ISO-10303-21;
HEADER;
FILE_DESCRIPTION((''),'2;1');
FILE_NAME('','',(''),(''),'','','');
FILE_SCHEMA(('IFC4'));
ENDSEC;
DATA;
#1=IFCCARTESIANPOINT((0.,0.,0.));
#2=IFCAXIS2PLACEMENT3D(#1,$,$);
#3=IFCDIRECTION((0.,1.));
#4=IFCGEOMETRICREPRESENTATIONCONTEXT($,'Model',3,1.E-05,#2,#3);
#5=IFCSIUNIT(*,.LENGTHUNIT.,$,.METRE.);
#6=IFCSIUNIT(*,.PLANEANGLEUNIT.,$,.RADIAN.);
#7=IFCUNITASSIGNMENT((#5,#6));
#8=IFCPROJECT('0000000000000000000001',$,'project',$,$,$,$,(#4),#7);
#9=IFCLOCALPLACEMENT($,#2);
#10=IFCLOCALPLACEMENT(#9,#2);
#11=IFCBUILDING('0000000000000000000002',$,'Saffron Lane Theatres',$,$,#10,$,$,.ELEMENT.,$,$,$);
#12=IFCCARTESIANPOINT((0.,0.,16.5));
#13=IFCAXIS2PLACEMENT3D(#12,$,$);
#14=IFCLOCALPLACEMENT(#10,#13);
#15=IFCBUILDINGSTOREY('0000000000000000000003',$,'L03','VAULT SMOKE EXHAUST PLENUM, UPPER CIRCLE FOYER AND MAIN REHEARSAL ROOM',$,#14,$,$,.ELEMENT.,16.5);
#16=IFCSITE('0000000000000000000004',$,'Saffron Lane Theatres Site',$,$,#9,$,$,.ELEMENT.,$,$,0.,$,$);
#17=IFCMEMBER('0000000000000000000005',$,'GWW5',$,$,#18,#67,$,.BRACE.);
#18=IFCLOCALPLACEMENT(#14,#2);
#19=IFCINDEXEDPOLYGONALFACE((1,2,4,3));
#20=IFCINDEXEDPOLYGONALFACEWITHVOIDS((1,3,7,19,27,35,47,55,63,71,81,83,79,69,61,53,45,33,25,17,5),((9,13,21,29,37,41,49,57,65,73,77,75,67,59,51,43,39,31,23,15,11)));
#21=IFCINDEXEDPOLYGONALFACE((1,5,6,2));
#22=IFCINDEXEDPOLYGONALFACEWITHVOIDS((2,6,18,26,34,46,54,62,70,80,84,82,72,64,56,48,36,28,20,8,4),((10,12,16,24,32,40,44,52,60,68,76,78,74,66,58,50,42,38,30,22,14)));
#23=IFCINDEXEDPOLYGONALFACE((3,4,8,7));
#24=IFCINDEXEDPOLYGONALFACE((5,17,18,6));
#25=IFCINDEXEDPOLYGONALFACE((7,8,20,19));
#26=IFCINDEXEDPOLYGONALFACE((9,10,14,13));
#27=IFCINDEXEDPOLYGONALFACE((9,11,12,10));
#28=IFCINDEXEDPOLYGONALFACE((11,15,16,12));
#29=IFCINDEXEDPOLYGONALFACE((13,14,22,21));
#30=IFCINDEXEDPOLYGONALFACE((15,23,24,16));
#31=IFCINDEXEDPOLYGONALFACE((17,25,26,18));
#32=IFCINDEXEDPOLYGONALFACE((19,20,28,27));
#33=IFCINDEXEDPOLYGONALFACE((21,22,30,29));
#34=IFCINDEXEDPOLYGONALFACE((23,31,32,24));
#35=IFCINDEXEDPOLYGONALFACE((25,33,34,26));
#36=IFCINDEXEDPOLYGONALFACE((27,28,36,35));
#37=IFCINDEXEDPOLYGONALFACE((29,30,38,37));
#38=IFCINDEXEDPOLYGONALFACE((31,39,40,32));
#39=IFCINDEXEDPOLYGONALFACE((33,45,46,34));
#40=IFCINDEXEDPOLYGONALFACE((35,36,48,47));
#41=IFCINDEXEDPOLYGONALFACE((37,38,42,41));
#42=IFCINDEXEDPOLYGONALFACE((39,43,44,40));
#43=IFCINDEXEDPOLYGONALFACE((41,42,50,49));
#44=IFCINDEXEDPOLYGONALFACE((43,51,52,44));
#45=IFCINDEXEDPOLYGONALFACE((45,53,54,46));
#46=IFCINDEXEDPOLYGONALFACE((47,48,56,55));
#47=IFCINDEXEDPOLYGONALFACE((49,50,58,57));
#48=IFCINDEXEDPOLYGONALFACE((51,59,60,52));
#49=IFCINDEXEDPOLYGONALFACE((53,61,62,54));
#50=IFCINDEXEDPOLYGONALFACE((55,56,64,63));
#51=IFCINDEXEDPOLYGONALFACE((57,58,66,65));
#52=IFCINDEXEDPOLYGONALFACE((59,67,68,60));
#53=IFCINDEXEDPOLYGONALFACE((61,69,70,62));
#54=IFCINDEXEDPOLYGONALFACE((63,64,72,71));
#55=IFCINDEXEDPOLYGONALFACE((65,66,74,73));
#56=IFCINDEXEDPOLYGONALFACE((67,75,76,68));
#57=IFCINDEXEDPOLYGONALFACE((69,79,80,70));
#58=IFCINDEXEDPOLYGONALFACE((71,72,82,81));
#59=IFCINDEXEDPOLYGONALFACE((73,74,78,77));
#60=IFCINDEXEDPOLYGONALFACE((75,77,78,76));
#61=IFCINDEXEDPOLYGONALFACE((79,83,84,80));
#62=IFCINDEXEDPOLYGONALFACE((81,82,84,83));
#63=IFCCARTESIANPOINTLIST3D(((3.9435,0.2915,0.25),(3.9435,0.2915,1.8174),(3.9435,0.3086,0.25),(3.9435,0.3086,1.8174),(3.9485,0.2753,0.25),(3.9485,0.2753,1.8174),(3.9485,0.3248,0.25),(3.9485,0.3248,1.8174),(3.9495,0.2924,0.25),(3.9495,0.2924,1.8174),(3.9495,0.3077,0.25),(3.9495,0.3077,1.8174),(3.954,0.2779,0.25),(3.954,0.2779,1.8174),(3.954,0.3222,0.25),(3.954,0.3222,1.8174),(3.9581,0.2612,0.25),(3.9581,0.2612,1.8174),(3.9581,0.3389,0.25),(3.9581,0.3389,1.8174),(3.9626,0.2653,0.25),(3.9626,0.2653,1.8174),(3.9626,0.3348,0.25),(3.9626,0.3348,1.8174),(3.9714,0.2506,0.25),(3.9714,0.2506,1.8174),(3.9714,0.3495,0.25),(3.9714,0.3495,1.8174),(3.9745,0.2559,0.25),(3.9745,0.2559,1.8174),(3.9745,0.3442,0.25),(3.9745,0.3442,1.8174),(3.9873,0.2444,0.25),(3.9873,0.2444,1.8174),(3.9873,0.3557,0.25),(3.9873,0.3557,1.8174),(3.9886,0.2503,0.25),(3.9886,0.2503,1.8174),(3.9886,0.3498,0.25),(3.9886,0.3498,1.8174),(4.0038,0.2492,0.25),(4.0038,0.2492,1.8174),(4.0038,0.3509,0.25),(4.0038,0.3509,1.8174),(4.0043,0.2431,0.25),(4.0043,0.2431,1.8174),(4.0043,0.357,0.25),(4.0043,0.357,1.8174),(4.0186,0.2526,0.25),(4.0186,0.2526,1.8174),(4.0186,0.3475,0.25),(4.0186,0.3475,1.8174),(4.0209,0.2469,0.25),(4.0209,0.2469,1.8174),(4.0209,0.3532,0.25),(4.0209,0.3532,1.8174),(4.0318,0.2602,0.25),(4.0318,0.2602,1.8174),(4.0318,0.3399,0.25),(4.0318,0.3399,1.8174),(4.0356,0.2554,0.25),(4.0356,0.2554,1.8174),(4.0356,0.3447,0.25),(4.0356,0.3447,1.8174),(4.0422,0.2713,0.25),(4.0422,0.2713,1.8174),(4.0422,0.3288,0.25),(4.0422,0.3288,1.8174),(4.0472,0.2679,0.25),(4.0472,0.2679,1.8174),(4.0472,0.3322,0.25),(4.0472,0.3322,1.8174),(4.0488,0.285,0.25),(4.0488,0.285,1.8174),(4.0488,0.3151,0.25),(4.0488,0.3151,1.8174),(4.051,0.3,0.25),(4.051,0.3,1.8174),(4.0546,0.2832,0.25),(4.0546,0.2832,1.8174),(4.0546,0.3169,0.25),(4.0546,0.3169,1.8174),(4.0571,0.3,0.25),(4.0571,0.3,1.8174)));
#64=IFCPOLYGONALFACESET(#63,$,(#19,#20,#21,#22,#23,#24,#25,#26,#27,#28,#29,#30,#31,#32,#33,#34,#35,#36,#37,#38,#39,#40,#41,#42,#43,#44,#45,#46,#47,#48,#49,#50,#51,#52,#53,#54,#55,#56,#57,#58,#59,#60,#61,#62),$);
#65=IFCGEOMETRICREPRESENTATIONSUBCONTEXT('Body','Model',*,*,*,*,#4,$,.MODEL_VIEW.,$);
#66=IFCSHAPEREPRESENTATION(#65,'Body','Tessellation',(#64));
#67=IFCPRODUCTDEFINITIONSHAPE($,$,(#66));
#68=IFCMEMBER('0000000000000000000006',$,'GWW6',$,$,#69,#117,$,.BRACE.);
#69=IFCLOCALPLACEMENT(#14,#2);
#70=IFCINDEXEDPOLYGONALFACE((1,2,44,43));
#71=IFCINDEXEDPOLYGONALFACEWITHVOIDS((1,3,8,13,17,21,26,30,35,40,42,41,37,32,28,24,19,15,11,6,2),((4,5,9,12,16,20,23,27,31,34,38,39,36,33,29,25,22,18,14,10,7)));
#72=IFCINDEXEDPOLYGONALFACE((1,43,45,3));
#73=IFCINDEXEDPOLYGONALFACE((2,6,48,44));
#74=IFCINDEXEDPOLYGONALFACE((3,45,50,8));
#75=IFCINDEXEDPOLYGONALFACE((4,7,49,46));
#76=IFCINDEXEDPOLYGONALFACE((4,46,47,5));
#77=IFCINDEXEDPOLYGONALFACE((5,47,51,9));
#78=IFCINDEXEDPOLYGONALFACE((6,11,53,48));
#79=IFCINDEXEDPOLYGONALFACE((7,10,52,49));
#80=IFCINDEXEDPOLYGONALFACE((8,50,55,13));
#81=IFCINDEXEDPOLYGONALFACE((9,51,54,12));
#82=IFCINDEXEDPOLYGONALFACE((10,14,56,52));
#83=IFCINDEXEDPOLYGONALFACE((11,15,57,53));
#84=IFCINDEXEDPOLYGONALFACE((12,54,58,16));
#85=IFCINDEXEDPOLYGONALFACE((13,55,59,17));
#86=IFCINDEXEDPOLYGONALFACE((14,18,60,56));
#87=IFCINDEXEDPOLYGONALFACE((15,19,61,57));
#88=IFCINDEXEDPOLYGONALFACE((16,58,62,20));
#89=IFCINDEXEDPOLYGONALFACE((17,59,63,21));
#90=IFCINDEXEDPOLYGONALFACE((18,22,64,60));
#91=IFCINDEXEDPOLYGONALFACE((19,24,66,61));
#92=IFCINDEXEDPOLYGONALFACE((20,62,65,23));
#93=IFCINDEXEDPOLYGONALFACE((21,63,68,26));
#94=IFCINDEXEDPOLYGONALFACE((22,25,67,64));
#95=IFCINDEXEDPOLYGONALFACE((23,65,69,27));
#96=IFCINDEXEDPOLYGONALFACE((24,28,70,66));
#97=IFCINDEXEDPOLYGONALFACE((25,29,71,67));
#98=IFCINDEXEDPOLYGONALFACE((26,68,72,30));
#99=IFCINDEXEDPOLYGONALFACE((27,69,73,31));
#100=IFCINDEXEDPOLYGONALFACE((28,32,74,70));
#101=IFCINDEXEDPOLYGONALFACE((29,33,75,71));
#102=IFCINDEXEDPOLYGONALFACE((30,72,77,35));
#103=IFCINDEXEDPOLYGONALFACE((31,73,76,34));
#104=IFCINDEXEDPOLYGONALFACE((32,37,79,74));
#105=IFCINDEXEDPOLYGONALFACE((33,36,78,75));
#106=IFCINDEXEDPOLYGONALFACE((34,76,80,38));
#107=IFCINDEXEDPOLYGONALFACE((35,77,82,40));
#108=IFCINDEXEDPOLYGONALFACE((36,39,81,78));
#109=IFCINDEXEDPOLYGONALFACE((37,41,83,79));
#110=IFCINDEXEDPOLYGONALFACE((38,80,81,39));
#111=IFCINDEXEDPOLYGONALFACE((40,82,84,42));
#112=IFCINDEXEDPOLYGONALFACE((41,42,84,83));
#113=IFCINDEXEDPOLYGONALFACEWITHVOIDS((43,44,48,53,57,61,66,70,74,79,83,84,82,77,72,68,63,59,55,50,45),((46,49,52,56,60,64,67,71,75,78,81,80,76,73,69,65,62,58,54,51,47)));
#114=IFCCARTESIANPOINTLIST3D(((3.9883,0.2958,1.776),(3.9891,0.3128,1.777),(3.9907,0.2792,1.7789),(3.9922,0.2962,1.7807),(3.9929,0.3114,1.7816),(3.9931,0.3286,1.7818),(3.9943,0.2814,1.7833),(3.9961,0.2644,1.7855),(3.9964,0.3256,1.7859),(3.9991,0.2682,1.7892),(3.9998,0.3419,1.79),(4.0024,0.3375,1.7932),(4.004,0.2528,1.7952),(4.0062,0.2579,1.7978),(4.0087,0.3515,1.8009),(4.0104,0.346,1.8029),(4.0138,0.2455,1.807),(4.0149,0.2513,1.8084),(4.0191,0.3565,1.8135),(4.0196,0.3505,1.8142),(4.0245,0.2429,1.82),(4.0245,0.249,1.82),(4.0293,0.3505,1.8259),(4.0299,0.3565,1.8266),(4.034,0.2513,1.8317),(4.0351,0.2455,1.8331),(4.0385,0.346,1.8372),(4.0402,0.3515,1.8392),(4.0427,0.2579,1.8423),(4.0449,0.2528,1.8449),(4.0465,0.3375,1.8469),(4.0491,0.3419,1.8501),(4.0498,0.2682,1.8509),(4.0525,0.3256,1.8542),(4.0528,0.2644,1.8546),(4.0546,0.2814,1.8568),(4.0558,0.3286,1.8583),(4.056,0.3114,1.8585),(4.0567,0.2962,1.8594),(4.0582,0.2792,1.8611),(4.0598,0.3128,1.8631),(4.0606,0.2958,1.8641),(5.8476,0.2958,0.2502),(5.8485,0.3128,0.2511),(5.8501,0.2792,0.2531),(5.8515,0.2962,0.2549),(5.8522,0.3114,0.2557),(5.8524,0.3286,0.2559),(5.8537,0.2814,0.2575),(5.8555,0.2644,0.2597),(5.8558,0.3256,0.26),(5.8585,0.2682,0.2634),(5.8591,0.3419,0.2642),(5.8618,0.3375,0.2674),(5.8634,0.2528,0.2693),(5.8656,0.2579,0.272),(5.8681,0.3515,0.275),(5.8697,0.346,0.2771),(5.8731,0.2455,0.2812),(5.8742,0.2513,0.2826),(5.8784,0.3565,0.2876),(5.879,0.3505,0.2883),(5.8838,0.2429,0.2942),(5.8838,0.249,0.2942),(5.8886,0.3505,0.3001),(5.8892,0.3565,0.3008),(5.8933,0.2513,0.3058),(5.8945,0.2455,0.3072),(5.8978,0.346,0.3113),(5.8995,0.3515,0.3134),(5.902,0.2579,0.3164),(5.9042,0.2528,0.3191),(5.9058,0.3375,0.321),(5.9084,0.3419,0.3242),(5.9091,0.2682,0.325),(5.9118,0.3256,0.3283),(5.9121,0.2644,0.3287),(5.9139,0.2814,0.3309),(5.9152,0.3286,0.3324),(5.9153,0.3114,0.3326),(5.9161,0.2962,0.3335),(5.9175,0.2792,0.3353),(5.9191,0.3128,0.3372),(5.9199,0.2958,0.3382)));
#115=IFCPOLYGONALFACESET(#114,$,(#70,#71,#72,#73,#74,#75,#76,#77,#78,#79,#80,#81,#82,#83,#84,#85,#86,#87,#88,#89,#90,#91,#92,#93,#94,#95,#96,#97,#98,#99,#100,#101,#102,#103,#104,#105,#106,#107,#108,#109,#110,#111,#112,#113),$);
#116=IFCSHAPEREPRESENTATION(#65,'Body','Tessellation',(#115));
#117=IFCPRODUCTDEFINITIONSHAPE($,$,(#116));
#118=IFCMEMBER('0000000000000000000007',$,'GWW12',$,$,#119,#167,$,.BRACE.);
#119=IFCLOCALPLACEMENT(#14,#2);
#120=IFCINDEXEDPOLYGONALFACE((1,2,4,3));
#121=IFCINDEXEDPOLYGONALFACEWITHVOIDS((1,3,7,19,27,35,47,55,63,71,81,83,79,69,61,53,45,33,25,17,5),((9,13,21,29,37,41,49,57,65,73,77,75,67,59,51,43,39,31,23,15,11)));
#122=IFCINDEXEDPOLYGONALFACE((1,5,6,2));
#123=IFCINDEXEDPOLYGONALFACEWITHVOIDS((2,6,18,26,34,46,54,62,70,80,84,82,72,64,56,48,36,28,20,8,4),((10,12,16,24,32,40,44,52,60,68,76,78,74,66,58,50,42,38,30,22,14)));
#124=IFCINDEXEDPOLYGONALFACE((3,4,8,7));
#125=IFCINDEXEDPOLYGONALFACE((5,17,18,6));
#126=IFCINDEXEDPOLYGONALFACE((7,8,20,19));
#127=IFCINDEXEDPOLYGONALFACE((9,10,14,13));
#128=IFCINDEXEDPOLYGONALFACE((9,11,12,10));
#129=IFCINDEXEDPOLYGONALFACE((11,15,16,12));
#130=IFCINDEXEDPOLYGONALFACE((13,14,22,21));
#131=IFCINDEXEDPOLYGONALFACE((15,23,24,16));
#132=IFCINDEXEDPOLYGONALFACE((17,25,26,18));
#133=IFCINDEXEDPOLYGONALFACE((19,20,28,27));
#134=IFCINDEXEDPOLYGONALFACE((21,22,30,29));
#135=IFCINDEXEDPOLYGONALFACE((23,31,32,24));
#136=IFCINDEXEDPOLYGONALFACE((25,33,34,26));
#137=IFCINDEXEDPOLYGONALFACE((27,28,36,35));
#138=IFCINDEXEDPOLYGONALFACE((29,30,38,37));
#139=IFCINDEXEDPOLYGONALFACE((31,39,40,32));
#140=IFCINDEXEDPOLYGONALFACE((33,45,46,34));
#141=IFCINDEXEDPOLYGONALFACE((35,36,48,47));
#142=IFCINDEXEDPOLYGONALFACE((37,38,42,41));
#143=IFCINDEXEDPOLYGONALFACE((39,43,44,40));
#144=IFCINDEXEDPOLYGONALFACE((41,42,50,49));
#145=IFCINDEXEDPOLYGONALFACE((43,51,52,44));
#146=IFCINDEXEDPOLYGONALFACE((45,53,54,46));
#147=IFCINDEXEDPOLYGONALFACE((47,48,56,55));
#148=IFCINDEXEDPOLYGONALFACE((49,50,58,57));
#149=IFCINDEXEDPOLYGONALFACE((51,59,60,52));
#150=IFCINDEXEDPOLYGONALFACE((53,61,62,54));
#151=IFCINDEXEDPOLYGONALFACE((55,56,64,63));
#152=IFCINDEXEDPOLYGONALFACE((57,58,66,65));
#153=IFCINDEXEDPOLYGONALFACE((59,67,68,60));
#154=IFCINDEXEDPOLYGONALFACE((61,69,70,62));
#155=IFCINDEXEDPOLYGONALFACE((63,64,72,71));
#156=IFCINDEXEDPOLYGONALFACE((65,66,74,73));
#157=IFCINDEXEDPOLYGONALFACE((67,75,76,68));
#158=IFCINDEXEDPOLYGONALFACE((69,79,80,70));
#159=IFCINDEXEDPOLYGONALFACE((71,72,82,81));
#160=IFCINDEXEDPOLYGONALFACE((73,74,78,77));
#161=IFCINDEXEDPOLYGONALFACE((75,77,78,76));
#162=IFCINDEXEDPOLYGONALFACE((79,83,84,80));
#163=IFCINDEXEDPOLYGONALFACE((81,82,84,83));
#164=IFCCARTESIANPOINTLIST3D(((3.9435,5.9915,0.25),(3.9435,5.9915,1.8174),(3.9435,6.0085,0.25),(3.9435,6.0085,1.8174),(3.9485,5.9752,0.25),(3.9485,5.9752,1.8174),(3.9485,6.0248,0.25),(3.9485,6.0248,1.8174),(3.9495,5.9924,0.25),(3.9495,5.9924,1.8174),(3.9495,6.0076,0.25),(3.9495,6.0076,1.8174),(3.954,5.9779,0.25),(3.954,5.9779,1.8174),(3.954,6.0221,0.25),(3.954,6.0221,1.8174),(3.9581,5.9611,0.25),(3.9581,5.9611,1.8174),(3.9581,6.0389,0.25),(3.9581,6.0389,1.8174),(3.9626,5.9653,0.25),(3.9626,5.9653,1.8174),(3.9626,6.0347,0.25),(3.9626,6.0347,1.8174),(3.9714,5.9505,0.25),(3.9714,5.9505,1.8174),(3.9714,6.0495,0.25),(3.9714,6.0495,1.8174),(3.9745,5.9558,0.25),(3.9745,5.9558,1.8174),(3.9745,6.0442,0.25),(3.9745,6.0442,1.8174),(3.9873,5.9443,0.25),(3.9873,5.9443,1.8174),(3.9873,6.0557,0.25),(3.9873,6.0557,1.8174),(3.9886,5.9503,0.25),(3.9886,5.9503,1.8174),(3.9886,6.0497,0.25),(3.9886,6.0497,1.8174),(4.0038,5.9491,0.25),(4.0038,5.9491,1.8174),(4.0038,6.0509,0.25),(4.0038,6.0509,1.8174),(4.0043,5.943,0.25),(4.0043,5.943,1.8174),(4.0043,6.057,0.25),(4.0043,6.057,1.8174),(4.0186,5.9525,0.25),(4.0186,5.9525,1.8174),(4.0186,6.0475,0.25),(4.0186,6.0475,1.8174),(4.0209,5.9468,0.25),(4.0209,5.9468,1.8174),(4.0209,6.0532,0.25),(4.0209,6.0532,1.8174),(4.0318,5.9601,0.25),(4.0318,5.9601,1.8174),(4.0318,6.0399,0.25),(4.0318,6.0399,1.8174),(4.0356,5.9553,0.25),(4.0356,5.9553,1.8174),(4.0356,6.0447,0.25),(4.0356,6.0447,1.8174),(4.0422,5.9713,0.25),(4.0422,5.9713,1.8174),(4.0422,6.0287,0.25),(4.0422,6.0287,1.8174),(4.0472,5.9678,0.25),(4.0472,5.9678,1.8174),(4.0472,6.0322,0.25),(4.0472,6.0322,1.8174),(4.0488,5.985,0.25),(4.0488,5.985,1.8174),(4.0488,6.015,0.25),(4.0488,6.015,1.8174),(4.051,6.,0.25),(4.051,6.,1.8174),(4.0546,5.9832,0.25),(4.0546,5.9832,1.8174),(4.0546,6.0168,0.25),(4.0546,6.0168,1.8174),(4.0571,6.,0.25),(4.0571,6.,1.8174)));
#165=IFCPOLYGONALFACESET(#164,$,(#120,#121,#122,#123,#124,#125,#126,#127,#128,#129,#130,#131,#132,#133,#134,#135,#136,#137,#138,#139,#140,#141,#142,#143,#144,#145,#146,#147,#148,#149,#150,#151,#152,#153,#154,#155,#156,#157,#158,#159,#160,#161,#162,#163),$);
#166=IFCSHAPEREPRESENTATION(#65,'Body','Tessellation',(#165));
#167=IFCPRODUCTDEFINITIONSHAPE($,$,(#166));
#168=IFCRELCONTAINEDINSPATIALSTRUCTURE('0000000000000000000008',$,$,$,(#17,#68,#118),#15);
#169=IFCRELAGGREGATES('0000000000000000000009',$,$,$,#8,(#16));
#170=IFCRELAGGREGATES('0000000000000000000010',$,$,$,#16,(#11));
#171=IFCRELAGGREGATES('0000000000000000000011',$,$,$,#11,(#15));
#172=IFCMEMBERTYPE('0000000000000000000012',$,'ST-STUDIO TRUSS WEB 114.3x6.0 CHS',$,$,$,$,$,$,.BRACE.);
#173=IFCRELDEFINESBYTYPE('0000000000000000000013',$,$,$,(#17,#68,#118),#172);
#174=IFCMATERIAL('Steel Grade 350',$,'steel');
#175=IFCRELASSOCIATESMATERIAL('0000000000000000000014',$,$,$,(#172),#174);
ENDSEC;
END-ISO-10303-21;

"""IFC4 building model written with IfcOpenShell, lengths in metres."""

from ifc_helpers import new_model, si_unit, direction, frame, origin, origin_2d, place, context, subcontext, project, spatial, hollow_circle, extrude, material, material_profile, profile_set, type_object, element, save


model = new_model("IFC4")

# Units and contexts
model_context = context("Model", 3, precision=1e-05, world=origin(), true_north=direction((0.0, 1.0)))
body_context = subcontext(model_context, "Body", "Model", "MODEL_VIEW")
ifc_project = project(units=[si_unit("LENGTHUNIT", "METRE"), si_unit("PLANEANGLEUNIT", "RADIAN")], contexts=[model_context])

# Site, building, storey
site_placement = place(None, origin())
site = spatial("IfcSite", under=ifc_project, at=site_placement, Name="Saffron Lane Theatres Site", CompositionType="ELEMENT", RefElevation=0.0)
building_placement = place(site_placement, origin())
building = spatial("IfcBuilding", under=site, at=building_placement, Name="Saffron Lane Theatres", CompositionType="ELEMENT")
storey_placement = place(building_placement, frame((0.0, 0.0, 16.5)))
storey = spatial("IfcBuildingStorey", under=building, at=storey_placement, Name="L03", Description="VAULT SMOKE EXHAUST PLENUM, UPPER CIRCLE FOYER AND MAIN REHEARSAL ROOM", CompositionType="ELEMENT", Elevation=16.5)

# Members
ifc_material_1 = material(Name="Steel Grade 350", Category="steel")
ifc_material_profile_1 = material_profile(ifc_material_1, hollow_circle(Radius=0.0571, WallThickness=0.0061, at=origin_2d()))
ifc_profile_set_1 = profile_set([ifc_material_profile_1], Name="Steel Grade 350")
member_type_1 = type_object("IfcMemberType", Name="ST-STUDIO TRUSS WEB 114.3x6.0 CHS", PredefinedType="BRACE", material=ifc_profile_set_1)
member_1_placement = place(storey_placement, frame((4.0, 0.3, 0.25), z_axis=(0.0, 0.0, 1.0), x_axis=(1.0, 0.0, 0.0)))
element("IfcMember", 1, at=member_1_placement, inside=storey, type_object=member_type_1, Name="GWW5", PredefinedType="BRACE", context=body_context, shape_type="SweptSolid", body=[
    extrude(hollow_circle(Radius=0.0571, WallThickness=0.0061, at=origin_2d()), origin(), (0.0, 0.0, 1.0), 1.5674),
])
member_2_placement = place(storey_placement, frame((5.8838, 0.3, 0.2942), z_axis=(-0.773025, 0.0, 0.634376), x_axis=(0.0, -1.0, 0.0)))
element("IfcMember", 2, at=member_2_placement, inside=storey, type_object=member_type_1, Name="GWW6", PredefinedType="BRACE", context=body_context, shape_type="SweptSolid", body=[
    extrude(hollow_circle(Radius=0.0571, WallThickness=0.0061, at=origin_2d()), origin(), (0.0, 0.0, 1.0), 2.4053),
])
member_3_placement = place(storey_placement, frame((4.0, 6.0, 0.25), z_axis=(0.0, 0.0, 1.0), x_axis=(1.0, 0.0, 0.0)))
element("IfcMember", 3, at=member_3_placement, inside=storey, type_object=member_type_1, Name="GWW12", PredefinedType="BRACE", context=body_context, shape_type="SweptSolid", body=[
    extrude(hollow_circle(Radius=0.0571, WallThickness=0.0061, at=origin_2d()), origin(), (0.0, 0.0, 1.0), 1.5674),
])

save(model, "model.ifc")
